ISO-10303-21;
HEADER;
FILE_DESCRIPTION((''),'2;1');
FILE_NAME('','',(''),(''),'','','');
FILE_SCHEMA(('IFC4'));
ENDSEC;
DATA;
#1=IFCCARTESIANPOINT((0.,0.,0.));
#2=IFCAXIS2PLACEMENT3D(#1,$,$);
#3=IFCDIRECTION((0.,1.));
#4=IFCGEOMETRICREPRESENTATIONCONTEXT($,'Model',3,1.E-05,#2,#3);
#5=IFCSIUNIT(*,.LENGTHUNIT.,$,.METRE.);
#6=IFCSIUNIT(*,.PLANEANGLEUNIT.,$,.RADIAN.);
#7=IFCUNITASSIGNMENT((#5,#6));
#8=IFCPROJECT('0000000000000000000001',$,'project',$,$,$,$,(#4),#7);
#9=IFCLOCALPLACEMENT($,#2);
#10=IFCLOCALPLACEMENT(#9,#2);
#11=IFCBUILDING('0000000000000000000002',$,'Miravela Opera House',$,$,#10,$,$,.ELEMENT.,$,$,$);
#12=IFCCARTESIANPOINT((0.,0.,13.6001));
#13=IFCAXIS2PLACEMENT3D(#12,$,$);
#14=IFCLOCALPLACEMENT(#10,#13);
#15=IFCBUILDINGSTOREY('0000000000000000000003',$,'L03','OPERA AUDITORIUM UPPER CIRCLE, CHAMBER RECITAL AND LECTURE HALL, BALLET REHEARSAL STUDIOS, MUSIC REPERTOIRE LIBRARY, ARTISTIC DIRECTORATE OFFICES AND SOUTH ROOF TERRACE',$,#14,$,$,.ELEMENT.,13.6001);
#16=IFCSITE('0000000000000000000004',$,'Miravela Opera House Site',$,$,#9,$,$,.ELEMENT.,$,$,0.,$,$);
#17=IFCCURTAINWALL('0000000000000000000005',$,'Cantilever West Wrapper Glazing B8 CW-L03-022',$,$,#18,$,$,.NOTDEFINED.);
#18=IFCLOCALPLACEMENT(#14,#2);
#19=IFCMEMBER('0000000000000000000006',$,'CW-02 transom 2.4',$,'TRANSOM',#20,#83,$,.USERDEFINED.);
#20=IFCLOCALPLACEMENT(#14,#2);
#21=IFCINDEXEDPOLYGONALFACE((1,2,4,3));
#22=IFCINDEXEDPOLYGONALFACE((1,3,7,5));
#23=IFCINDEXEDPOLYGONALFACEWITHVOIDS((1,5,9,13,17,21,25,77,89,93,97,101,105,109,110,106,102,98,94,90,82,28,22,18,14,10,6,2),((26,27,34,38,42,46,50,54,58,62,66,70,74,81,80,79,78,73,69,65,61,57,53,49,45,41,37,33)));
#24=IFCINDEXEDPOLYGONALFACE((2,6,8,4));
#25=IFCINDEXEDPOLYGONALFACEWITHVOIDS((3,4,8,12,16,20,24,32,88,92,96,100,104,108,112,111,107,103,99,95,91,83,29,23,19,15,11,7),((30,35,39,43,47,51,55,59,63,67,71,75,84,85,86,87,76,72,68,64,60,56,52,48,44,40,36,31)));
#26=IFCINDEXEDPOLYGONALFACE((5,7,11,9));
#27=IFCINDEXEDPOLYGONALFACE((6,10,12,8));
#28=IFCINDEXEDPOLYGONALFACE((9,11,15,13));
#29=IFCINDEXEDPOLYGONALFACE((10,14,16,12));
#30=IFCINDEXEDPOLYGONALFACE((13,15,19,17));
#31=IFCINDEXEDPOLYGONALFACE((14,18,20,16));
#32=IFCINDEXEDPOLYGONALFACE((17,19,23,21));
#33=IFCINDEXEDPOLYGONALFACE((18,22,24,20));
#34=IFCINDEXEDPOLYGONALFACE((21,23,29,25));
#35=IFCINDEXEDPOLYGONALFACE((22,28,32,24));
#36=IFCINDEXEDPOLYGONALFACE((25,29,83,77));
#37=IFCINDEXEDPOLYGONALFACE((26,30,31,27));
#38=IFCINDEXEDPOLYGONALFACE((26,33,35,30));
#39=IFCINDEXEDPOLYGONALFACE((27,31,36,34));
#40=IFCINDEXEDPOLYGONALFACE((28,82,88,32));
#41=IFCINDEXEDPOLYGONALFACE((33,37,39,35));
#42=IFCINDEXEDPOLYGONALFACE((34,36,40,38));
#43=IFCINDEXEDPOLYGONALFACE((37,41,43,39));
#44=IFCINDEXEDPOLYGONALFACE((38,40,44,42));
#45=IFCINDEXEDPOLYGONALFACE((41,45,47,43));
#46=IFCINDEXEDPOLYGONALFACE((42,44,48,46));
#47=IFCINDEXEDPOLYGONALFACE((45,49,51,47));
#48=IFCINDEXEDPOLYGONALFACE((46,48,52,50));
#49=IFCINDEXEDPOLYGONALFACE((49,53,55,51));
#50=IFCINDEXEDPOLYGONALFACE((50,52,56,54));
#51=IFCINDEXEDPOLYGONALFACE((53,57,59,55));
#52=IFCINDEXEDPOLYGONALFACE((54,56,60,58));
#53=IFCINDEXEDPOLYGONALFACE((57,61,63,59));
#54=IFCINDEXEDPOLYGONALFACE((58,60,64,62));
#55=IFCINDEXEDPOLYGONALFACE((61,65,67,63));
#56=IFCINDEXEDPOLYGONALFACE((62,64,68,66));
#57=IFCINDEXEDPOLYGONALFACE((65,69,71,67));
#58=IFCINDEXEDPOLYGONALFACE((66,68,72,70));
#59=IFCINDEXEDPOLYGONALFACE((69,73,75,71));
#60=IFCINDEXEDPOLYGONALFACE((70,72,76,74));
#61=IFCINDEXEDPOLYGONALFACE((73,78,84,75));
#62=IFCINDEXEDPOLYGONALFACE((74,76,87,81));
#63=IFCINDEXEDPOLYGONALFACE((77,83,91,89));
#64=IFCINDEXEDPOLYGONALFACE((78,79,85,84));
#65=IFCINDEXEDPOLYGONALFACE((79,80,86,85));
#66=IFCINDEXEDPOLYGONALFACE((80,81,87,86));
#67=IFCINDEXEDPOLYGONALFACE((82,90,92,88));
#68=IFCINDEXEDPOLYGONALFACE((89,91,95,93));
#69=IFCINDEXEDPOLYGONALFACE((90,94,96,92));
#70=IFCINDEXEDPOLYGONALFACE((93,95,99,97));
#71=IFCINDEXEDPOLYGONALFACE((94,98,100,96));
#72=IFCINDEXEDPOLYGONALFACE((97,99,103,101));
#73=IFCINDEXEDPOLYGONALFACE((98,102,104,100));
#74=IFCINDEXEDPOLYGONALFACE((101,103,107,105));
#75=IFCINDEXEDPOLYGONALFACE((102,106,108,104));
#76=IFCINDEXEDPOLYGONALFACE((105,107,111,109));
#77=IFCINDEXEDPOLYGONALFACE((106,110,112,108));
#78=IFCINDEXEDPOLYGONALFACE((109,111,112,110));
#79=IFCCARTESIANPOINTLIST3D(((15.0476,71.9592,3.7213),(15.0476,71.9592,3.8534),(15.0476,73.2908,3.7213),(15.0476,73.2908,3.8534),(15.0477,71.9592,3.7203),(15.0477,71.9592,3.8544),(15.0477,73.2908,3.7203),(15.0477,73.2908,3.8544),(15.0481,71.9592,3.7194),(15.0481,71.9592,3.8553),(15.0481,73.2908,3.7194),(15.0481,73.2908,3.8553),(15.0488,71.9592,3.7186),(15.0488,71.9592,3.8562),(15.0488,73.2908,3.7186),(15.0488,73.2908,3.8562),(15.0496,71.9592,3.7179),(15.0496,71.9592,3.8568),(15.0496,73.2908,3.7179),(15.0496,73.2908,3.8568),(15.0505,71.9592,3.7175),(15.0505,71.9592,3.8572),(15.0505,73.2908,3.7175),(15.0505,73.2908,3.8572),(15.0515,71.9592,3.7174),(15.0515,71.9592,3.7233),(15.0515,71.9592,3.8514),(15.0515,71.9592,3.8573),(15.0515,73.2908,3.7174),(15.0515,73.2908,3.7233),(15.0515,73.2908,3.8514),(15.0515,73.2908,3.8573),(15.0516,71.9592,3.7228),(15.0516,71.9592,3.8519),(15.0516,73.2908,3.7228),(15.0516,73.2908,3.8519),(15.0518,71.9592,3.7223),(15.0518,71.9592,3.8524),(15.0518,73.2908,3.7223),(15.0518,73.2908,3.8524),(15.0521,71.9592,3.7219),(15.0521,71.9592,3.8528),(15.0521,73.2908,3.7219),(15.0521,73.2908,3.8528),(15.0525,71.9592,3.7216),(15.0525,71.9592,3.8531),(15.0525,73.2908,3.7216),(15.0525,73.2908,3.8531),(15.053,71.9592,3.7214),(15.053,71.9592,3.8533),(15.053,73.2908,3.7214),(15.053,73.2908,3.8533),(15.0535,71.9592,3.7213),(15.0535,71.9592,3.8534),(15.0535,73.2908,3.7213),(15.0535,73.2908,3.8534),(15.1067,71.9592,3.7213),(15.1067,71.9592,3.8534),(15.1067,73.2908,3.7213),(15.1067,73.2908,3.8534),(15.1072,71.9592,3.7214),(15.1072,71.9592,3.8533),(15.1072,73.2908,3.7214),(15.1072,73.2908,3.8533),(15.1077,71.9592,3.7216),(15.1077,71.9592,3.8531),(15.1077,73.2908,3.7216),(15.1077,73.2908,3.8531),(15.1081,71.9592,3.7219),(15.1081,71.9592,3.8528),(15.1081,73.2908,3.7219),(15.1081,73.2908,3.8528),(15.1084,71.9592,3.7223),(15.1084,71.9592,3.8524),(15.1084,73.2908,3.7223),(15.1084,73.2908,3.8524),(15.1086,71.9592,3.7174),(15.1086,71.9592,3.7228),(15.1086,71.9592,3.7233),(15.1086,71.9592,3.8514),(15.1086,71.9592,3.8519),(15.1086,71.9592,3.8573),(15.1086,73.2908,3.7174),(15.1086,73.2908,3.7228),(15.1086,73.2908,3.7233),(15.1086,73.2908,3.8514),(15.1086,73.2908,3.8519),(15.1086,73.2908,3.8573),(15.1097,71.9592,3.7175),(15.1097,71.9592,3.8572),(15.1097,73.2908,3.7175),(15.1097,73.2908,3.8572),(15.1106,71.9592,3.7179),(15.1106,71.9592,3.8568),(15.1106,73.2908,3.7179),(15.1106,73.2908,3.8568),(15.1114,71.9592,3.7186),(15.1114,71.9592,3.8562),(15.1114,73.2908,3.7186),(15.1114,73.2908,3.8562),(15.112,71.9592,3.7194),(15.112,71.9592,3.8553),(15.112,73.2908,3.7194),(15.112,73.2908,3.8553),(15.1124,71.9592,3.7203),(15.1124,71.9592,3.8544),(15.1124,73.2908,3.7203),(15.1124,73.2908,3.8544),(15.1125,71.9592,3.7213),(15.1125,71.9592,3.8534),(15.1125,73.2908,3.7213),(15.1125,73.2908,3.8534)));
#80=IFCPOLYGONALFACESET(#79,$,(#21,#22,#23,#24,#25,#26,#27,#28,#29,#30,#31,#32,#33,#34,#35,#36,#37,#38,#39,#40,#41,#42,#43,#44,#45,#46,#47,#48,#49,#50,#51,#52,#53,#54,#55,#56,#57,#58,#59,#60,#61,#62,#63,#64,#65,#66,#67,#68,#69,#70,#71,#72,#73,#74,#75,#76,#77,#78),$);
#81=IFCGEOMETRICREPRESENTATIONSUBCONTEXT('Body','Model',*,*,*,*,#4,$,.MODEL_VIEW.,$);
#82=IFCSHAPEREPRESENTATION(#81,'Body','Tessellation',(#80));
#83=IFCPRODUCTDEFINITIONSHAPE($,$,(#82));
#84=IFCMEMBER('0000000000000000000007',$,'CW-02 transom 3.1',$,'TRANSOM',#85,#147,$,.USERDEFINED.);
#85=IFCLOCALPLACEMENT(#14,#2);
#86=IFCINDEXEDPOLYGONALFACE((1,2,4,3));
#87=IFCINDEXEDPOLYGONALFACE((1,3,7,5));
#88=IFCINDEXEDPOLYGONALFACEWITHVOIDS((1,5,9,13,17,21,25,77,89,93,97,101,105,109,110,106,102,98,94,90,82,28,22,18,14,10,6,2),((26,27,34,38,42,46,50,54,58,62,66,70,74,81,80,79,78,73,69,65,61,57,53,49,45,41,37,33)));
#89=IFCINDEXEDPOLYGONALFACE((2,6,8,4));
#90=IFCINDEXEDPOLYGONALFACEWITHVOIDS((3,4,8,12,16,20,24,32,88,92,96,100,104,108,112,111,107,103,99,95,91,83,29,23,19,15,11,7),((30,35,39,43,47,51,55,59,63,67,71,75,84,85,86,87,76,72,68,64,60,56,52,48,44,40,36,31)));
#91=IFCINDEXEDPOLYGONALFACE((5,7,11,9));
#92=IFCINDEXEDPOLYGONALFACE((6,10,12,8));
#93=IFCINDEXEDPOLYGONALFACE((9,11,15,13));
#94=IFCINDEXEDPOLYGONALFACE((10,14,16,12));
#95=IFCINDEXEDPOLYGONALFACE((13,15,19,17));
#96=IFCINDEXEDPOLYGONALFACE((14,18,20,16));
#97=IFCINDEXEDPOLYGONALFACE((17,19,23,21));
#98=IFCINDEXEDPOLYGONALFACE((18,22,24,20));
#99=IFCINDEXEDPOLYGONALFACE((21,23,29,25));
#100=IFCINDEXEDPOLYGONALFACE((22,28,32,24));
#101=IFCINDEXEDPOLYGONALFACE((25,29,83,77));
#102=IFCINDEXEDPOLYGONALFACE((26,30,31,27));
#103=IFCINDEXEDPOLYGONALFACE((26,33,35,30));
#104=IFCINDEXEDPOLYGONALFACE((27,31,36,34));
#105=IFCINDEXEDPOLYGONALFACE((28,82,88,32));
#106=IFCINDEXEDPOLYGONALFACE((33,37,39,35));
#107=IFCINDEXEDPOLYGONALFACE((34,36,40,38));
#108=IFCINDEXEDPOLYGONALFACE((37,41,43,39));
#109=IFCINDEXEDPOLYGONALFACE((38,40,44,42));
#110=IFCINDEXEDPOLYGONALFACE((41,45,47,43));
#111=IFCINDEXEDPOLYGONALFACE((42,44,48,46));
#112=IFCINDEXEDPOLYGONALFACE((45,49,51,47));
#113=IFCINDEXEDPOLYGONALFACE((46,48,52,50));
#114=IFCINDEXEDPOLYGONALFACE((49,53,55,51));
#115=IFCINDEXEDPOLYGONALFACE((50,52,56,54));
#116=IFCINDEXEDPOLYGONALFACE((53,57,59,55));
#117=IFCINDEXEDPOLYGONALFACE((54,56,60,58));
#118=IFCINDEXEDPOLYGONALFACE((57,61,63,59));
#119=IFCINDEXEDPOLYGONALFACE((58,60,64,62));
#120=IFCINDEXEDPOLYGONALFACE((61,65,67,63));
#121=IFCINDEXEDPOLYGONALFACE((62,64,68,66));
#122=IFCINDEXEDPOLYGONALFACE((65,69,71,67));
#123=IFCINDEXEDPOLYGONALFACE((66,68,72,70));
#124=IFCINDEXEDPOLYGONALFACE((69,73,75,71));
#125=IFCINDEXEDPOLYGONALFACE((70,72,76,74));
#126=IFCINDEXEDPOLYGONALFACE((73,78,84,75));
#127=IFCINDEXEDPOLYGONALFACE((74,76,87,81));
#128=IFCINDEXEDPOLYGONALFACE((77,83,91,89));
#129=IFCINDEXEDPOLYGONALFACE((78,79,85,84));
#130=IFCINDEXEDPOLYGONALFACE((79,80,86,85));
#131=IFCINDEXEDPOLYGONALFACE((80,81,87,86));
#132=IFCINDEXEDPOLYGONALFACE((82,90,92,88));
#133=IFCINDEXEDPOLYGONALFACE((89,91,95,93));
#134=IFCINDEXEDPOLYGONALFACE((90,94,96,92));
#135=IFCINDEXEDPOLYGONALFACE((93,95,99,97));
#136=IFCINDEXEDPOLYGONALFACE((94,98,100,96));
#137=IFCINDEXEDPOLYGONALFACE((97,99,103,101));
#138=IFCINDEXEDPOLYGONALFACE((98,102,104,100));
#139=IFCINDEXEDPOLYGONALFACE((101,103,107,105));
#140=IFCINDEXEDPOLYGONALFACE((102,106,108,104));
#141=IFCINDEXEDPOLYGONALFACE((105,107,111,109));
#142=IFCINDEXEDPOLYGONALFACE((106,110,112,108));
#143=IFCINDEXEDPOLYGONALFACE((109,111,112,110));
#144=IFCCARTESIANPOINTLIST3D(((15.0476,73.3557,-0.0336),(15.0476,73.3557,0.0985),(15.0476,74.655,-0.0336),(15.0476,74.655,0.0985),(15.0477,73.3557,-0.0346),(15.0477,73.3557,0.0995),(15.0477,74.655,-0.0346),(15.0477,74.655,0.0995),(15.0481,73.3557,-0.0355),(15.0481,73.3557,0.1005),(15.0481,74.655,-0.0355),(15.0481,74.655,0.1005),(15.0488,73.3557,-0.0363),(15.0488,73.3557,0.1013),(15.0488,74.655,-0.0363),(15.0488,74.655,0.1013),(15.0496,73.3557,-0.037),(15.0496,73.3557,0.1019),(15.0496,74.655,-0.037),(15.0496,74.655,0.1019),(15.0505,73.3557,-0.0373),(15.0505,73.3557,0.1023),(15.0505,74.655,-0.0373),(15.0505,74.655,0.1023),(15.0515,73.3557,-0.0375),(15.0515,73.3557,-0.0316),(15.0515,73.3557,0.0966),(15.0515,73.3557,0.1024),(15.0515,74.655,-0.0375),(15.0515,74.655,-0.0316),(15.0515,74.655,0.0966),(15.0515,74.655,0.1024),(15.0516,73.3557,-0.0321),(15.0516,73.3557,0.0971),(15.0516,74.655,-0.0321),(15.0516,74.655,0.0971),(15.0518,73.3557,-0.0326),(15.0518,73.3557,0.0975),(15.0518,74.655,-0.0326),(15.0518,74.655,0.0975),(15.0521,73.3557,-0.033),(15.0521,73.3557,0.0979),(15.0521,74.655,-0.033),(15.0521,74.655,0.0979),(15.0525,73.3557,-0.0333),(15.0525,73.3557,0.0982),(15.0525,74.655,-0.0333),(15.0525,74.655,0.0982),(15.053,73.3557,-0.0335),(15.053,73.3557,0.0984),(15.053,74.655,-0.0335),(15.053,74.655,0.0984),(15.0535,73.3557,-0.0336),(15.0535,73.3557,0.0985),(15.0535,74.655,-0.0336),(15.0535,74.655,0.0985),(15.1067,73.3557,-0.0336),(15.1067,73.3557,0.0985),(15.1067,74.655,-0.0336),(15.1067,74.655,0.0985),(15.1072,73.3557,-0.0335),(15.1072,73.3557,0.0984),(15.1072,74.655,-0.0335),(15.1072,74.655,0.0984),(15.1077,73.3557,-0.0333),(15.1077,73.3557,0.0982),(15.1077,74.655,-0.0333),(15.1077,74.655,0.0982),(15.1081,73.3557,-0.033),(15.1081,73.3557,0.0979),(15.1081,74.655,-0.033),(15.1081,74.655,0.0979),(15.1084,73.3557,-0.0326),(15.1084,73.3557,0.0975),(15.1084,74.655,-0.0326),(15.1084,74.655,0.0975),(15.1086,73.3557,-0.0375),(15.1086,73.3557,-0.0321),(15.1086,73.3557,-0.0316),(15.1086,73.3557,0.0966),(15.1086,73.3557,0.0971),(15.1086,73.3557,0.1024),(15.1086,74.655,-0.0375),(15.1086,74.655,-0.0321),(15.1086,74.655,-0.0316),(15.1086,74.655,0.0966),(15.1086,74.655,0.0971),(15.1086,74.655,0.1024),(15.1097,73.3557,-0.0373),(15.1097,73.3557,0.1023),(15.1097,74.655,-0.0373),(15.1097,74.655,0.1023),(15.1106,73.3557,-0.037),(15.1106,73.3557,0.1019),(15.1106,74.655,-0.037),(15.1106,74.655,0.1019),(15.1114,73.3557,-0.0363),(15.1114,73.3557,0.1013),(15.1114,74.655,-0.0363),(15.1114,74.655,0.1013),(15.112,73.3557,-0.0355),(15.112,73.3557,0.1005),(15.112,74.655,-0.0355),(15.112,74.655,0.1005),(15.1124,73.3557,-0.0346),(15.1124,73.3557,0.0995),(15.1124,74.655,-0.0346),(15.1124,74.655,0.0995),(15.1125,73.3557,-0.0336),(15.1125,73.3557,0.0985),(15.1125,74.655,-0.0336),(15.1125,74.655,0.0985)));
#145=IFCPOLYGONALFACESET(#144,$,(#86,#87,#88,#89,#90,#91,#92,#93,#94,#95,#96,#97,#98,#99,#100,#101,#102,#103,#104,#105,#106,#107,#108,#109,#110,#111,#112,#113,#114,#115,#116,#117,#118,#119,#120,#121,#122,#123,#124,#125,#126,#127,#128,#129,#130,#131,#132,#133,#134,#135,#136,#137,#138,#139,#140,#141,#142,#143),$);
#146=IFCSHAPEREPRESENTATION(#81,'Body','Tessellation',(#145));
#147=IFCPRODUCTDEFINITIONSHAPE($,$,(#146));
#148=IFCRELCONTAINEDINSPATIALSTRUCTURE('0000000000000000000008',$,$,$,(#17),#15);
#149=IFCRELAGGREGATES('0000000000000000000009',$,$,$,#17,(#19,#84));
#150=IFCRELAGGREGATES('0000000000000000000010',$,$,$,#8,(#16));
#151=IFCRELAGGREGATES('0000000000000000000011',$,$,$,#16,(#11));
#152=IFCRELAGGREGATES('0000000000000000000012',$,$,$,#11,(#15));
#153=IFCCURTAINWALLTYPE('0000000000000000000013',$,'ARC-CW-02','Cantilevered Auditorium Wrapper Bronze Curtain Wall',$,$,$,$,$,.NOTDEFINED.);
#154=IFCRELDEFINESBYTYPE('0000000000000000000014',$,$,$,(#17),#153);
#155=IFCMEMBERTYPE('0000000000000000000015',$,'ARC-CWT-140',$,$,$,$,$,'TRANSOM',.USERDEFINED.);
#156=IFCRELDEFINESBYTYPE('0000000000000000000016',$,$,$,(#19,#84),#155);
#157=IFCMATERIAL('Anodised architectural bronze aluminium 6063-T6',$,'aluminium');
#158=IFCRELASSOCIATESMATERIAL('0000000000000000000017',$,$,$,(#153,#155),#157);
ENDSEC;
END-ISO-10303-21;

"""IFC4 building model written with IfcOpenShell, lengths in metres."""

from ifc_helpers import new_model, si_unit, direction, frame, origin, origin_2d, place, context, subcontext, project, spatial, hollow_rectangle, extrude, material, material_profile, profile_set, type_object, element, aggregate, save


model = new_model("IFC4")

# Units and contexts
model_context = context("Model", 3, precision=1e-05, world=origin(), true_north=direction((0.0, 1.0)))
body_context = subcontext(model_context, "Body", "Model", "MODEL_VIEW")
ifc_project = project(units=[si_unit("LENGTHUNIT", "METRE"), si_unit("PLANEANGLEUNIT", "RADIAN")], contexts=[model_context])

# Site, building, storey
site_placement = place(None, origin())
site = spatial("IfcSite", under=ifc_project, at=site_placement, Name="Miravela Opera House Site", CompositionType="ELEMENT", RefElevation=0.0)
building_placement = place(site_placement, origin())
building = spatial("IfcBuilding", under=site, at=building_placement, Name="Miravela Opera House", CompositionType="ELEMENT")
storey_placement = place(building_placement, frame((0.0, 0.0, 13.6001)))
storey = spatial("IfcBuildingStorey", under=building, at=storey_placement, Name="L03", Description="OPERA AUDITORIUM UPPER CIRCLE, CHAMBER RECITAL AND LECTURE HALL, BALLET REHEARSAL STUDIOS, MUSIC REPERTOIRE LIBRARY, ARTISTIC DIRECTORATE OFFICES AND SOUTH ROOF TERRACE", CompositionType="ELEMENT", Elevation=13.6001)

# Curtain wall
ifc_material_1 = material(Name="Anodised architectural bronze aluminium 6063-T6", Category="aluminium")
curtain_wall_type = type_object("IfcCurtainWallType", Name="ARC-CW-02", Description="Cantilevered Auditorium Wrapper Bronze Curtain Wall", PredefinedType="NOTDEFINED", material=ifc_material_1)
curtain_wall_1_placement = place(storey_placement, origin())
curtain_wall_1 = element("IfcCurtainWall", 1, at=curtain_wall_1_placement, inside=storey, type_object=curtain_wall_type, Name="Cantilever West Wrapper Glazing B8 CW-L03-022", PredefinedType="NOTDEFINED")

# Members
ifc_material_profile_1 = material_profile(ifc_material_1, hollow_rectangle(XDim=0.0649, YDim=0.1399, WallThickness=0.0039, InnerFilletRadius=0.002, OuterFilletRadius=0.0039, at=origin_2d()), Name="CWT-65X140")
ifc_profile_set_1 = profile_set([ifc_material_profile_1])
member_type_1 = type_object("IfcMemberType", Name="ARC-CWT-140", ElementType="TRANSOM", PredefinedType="USERDEFINED", material=ifc_profile_set_1)
member_1_placement = place(storey_placement, frame((15.0801, 71.9592, 3.7874), z_axis=(0.0, 1.0, 0.0), x_axis=(-1.0, 0.0, 0.0)))
member_1 = element("IfcMember", 2, at=member_1_placement, type_object=member_type_1, Name="CW-02 transom 2.4", ObjectType="TRANSOM", PredefinedType="USERDEFINED", context=body_context, shape_type="SweptSolid", body=[
    extrude(hollow_rectangle(XDim=0.0649, YDim=0.1399, WallThickness=0.0039, InnerFilletRadius=0.002, OuterFilletRadius=0.0039, at=origin_2d()), origin(), (0.0, 0.0, 1.0), 1.3315),
])
member_2_placement = place(storey_placement, frame((15.0801, 73.3557, 0.0325), z_axis=(0.0, 1.0, 0.0), x_axis=(-1.0, 0.0, 0.0)))
member_2 = element("IfcMember", 3, at=member_2_placement, type_object=member_type_1, Name="CW-02 transom 3.1", ObjectType="TRANSOM", PredefinedType="USERDEFINED", context=body_context, shape_type="SweptSolid", body=[
    extrude(hollow_rectangle(XDim=0.0649, YDim=0.1399, WallThickness=0.0039, InnerFilletRadius=0.002, OuterFilletRadius=0.0039, at=origin_2d()), origin(), (0.0, 0.0, 1.0), 1.2993),
])

aggregate(curtain_wall_1, [member_1, member_2])

save(model, "model.ifc")
